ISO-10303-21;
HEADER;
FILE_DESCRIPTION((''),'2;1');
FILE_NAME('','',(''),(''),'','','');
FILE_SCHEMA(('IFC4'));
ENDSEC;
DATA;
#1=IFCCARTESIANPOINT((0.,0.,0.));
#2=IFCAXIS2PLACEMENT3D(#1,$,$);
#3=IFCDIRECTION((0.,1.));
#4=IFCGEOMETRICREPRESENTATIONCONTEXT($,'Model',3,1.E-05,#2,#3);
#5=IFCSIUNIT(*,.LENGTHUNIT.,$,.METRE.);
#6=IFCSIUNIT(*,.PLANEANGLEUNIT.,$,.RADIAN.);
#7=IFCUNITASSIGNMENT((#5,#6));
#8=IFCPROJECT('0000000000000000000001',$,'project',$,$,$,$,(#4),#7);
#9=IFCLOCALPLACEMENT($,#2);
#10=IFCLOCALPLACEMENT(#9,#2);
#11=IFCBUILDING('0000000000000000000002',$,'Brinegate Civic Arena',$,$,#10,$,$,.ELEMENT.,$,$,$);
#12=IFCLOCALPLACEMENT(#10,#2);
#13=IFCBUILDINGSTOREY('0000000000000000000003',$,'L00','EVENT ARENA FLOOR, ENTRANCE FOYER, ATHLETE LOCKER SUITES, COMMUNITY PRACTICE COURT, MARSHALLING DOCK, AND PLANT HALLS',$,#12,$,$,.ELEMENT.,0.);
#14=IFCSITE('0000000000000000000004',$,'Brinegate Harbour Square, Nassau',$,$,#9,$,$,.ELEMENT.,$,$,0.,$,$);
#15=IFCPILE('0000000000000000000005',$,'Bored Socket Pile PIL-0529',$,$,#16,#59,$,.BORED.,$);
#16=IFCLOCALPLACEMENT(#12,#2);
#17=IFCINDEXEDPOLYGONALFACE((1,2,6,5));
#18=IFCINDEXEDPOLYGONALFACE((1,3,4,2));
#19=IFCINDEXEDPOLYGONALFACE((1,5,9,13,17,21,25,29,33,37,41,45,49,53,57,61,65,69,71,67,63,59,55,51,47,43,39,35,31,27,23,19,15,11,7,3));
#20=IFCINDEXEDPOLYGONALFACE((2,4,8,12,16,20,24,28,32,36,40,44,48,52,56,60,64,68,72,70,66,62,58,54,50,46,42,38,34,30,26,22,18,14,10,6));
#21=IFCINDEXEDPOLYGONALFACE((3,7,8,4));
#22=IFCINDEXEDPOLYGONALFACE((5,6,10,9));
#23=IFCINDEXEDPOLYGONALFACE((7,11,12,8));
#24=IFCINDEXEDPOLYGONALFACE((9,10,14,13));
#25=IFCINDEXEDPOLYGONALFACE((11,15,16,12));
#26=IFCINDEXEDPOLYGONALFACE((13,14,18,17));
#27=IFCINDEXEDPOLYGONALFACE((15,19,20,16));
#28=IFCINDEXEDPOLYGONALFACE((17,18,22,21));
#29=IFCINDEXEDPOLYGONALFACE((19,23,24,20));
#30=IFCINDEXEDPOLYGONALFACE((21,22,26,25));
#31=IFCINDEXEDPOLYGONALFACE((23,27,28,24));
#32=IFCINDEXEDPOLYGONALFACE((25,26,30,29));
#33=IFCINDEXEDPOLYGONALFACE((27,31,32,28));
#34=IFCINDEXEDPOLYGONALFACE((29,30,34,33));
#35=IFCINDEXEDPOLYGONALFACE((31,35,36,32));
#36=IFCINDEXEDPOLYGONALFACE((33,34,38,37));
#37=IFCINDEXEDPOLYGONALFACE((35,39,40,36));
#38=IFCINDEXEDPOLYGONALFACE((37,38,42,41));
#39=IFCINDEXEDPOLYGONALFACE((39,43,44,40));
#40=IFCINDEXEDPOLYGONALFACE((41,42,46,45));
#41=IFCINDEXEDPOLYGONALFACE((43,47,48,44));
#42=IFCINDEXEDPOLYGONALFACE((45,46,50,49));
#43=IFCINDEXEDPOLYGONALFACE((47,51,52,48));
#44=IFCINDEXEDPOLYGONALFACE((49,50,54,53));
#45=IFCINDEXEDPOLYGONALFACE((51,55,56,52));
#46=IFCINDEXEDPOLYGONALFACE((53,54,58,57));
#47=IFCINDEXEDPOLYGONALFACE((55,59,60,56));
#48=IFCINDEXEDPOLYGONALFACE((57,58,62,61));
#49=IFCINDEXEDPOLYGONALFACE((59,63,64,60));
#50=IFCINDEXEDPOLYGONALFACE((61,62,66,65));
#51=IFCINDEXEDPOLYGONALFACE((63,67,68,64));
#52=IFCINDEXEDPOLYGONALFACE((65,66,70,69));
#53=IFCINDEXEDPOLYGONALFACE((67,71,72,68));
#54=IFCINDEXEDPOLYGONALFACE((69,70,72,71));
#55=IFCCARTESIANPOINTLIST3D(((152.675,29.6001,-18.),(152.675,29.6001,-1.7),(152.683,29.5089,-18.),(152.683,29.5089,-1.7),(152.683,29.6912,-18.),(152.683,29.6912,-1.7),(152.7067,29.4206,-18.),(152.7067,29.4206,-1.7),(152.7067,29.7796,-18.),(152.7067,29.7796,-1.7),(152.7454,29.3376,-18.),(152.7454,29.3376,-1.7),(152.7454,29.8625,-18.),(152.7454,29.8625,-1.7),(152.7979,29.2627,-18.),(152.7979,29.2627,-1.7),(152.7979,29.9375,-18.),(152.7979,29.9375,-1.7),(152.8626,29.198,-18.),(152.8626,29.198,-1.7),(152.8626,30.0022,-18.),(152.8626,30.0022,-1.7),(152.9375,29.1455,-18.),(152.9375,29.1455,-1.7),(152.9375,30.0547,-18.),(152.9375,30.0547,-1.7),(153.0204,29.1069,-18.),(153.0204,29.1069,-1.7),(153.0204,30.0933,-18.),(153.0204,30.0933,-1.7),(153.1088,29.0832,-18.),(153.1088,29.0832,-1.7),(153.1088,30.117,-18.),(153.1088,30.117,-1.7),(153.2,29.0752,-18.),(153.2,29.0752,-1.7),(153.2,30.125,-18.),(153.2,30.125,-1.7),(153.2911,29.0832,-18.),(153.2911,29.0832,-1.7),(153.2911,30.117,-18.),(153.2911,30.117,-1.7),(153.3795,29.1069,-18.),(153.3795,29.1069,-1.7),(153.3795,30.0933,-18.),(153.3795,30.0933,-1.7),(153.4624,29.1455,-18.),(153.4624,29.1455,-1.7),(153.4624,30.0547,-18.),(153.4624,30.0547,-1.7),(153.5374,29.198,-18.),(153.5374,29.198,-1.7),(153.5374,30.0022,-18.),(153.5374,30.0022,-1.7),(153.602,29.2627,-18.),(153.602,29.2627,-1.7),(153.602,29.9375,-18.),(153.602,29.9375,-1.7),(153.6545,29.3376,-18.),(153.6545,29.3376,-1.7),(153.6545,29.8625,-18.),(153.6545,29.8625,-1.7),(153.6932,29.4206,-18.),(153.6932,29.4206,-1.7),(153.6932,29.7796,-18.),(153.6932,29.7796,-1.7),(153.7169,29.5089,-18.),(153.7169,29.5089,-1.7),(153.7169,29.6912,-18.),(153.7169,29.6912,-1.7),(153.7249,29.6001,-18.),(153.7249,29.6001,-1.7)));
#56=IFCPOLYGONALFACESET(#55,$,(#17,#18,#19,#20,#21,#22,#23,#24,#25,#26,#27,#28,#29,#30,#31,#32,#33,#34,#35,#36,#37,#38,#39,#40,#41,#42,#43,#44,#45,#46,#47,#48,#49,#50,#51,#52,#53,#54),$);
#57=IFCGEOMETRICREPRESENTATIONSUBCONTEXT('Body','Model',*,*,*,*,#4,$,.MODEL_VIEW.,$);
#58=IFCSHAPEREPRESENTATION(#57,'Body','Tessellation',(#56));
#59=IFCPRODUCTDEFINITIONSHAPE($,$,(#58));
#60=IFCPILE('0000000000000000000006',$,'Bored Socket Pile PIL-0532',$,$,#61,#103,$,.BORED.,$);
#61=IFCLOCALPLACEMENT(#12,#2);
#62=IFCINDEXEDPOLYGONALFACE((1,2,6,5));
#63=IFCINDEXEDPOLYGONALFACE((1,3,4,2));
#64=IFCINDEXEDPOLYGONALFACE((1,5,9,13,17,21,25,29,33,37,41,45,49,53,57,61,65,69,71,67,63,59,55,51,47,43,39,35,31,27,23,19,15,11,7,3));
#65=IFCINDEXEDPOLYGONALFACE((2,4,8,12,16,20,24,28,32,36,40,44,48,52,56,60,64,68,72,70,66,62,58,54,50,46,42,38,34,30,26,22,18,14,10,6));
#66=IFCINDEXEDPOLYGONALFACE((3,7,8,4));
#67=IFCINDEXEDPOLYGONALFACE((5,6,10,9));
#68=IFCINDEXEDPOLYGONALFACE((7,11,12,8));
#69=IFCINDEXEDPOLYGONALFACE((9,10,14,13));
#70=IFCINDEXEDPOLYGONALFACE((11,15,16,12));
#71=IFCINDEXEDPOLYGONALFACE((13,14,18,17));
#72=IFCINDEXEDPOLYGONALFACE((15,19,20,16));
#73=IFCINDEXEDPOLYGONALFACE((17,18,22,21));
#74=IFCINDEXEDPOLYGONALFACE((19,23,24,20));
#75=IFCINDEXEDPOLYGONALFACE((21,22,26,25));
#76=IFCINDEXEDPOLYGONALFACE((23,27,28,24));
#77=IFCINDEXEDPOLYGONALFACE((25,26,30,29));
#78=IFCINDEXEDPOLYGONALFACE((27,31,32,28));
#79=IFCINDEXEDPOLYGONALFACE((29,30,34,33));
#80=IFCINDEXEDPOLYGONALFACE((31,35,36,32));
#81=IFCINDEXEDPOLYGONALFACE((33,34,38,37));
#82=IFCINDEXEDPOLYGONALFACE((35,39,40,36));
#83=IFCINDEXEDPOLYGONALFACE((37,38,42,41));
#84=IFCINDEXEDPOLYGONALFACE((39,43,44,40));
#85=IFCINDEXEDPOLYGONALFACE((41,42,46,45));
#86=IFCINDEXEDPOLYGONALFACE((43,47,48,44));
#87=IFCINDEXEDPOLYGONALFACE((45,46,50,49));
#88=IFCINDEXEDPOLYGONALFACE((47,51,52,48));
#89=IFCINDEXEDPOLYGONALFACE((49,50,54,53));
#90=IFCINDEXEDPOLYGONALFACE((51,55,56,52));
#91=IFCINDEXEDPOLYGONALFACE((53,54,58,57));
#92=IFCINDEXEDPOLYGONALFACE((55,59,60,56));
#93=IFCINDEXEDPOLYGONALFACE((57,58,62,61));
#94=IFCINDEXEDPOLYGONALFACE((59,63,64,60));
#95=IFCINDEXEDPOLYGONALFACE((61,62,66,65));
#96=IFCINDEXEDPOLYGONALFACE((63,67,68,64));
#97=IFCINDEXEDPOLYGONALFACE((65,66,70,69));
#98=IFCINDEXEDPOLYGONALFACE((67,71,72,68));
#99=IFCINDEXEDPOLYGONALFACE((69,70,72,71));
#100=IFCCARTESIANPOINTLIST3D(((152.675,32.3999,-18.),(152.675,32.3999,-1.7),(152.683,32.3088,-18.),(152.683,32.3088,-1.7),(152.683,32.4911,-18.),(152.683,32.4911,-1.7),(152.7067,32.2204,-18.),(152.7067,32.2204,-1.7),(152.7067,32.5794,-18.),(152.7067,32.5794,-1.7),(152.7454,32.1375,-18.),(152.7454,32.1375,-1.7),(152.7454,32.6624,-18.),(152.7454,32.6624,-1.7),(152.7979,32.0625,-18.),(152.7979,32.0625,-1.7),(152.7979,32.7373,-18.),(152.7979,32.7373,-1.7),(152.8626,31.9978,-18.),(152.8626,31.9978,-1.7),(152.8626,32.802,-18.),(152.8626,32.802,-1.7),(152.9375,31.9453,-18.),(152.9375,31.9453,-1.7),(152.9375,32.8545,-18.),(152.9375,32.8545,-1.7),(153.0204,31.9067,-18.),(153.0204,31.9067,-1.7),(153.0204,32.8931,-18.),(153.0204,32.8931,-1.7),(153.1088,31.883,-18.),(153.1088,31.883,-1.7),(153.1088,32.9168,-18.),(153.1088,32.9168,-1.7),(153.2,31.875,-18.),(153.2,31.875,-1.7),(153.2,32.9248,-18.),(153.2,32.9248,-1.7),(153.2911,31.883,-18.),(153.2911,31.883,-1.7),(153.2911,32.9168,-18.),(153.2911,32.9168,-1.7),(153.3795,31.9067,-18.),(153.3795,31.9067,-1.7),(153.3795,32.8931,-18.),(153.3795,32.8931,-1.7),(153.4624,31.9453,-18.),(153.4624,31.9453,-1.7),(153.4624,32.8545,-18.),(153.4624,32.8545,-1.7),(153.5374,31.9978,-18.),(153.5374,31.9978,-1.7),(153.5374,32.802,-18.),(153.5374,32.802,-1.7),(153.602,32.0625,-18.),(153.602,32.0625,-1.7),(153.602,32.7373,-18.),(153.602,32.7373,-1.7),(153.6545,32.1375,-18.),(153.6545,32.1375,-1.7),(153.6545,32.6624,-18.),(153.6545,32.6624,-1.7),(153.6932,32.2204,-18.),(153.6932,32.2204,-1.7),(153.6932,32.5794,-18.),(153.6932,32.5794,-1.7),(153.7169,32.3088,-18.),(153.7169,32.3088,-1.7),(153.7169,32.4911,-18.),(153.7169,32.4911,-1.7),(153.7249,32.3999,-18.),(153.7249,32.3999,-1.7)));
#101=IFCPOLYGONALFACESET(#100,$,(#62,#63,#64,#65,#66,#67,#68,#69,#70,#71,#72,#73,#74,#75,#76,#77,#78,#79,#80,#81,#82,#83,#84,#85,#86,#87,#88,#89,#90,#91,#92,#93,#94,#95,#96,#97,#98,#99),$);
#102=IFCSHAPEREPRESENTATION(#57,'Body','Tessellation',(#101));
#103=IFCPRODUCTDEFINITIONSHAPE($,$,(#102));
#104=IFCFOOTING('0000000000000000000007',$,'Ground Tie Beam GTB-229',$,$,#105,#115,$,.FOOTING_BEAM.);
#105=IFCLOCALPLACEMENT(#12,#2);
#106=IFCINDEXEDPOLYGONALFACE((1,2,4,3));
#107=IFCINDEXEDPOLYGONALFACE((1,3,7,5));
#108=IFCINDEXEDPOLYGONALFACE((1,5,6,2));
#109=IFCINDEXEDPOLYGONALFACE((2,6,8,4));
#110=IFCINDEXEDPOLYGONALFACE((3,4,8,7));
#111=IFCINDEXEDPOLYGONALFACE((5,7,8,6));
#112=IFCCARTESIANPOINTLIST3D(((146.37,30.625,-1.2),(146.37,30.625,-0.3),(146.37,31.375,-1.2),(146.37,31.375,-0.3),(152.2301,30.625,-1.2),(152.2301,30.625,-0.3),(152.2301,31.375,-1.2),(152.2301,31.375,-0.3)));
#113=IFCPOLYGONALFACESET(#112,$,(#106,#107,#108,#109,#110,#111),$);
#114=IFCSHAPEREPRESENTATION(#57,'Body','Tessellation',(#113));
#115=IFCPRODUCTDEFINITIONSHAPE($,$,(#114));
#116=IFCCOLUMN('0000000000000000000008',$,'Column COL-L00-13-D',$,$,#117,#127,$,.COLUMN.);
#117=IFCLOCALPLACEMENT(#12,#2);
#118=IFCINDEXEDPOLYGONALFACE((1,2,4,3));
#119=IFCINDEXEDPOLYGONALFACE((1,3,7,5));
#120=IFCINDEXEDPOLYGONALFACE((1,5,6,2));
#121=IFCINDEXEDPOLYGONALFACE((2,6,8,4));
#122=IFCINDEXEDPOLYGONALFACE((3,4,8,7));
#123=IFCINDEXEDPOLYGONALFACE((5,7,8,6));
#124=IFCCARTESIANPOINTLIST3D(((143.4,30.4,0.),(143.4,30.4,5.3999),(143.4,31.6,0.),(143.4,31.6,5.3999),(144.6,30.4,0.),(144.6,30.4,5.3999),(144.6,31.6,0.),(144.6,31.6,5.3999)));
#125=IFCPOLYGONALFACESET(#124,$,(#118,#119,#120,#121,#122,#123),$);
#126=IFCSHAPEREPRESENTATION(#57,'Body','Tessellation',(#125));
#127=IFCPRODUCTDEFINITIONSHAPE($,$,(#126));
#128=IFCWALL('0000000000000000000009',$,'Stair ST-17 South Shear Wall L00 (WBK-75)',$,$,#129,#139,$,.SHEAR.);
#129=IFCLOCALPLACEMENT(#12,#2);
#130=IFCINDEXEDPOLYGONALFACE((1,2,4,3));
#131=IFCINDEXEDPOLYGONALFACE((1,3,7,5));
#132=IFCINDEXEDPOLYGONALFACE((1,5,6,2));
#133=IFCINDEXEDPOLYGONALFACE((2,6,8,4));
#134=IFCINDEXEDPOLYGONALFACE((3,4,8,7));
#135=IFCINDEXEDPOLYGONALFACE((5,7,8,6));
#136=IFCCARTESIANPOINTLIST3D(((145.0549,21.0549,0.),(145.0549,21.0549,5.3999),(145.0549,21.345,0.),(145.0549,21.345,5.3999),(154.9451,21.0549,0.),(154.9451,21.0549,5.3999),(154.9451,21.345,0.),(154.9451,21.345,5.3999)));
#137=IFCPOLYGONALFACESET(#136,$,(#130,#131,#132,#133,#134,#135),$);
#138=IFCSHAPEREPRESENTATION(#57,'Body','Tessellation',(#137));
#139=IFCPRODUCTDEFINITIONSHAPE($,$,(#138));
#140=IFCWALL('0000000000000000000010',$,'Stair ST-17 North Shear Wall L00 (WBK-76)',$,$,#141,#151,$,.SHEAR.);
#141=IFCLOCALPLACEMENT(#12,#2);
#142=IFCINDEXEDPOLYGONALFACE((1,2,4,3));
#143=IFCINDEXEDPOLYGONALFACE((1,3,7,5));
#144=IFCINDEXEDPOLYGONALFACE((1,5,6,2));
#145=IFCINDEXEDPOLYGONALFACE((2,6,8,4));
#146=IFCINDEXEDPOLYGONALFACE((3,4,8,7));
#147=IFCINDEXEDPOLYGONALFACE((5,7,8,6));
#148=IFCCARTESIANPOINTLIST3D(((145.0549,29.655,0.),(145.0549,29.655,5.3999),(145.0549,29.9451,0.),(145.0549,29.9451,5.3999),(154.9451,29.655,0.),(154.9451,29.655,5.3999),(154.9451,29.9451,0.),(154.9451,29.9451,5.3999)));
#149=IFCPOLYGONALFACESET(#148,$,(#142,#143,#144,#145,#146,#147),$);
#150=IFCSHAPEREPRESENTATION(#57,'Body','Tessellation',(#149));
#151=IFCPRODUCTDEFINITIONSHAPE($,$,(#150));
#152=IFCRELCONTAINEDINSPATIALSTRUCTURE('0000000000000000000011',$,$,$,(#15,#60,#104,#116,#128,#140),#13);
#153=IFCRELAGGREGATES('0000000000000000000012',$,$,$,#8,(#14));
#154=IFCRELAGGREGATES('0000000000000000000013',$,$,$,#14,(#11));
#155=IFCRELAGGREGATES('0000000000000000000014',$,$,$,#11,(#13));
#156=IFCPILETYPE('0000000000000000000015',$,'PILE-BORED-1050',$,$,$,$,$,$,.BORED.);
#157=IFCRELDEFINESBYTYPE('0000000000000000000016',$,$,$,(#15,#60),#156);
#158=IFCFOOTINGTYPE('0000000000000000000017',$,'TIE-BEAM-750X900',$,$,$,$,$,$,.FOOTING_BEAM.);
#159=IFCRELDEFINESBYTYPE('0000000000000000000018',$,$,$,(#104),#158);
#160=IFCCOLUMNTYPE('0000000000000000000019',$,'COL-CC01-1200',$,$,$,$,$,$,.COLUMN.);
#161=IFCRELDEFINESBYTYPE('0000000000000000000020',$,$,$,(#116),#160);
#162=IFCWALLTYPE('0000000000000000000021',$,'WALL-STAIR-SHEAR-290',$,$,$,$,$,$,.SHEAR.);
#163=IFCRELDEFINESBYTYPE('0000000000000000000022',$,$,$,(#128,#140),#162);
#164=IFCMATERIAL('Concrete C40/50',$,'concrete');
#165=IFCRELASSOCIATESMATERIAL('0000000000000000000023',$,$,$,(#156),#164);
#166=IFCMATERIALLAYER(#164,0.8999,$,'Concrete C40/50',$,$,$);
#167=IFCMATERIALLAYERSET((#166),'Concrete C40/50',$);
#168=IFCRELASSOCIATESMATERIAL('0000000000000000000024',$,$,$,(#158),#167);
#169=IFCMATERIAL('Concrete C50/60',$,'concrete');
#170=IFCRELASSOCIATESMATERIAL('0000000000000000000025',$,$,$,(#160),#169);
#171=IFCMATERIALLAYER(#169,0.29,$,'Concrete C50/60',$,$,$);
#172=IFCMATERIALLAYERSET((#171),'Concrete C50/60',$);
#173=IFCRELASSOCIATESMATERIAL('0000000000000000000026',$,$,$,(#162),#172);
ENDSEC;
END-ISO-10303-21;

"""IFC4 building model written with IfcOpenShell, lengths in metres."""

from ifc_helpers import new_model, si_unit, direction, frame, frame_2d, origin, origin_2d, place, context, subcontext, project, spatial, rectangle, circle, extrude, material, layer, layer_set, material_profile, profile_set, type_object, element, save


model = new_model("IFC4")

# Units and contexts
model_context = context("Model", 3, precision=1e-05, world=origin(), true_north=direction((0.0, 1.0)))
body_context = subcontext(model_context, "Body", "Model", "MODEL_VIEW")
ifc_project = project(units=[si_unit("LENGTHUNIT", "METRE"), si_unit("PLANEANGLEUNIT", "RADIAN")], contexts=[model_context])

# Site, building, storey
site_placement = place(None, origin())
site = spatial("IfcSite", under=ifc_project, at=site_placement, Name="Brinegate Harbour Square, Nassau", CompositionType="ELEMENT", RefElevation=0.0)
building_placement = place(site_placement, origin())
building = spatial("IfcBuilding", under=site, at=building_placement, Name="Brinegate Civic Arena", CompositionType="ELEMENT")
storey_placement = place(building_placement, origin())
storey = spatial("IfcBuildingStorey", under=building, at=storey_placement, Name="L00", Description="EVENT ARENA FLOOR, ENTRANCE FOYER, ATHLETE LOCKER SUITES, COMMUNITY PRACTICE COURT, MARSHALLING DOCK, AND PLANT HALLS", CompositionType="ELEMENT", Elevation=0.0)

# Shared definitions
ifc_material_1 = material(Name="Concrete C40/50", Category="concrete")

# Piles
ifc_material_profile_1 = material_profile(ifc_material_1, circle(Radius=0.5249, at=origin_2d()), Name="PILED1050")
ifc_profile_set_1 = profile_set([ifc_material_profile_1], Name="Concrete C40/50")
pile_type = type_object("IfcPileType", Name="PILE-BORED-1050", PredefinedType="BORED", material=ifc_profile_set_1)
for number, where, z_axis, x_axis, name in (
    (1, (153.2, 29.6001, -1.7), (0.0, 0.0, -1.0), (1.0, 0.0, 0.0), "Bored Socket Pile PIL-0529"),
    (2, (153.2, 32.3999, -1.7), (0.0, 0.0, -1.0), (1.0, 0.0, 0.0), "Bored Socket Pile PIL-0532"),
):
    element("IfcPile", number, at=place(storey_placement, frame(where, z_axis=z_axis, x_axis=x_axis)), inside=storey, type_object=pile_type, Name=name, PredefinedType="BORED", context=body_context, shape_type="SweptSolid", body=[
        extrude(circle(Radius=0.5249, at=origin_2d()), origin(), (0.0, 0.0, 1.0), 16.3),
    ])

# Footing
ifc_layer_1 = layer(ifc_material_1, 0.8999, Name="Concrete C40/50")
ifc_layer_set_1 = layer_set([ifc_layer_1], Name="Concrete C40/50")
footing_type_1 = type_object("IfcFootingType", Name="TIE-BEAM-750X900", PredefinedType="FOOTING_BEAM", material=ifc_layer_set_1)
footing_1_placement = place(storey_placement, frame((149.3, 31.0, -1.2), z_axis=(0.0, 0.0, 1.0), x_axis=(1.0, 0.0, 0.0)))
element("IfcFooting", 3, at=footing_1_placement, inside=storey, type_object=footing_type_1, Name="Ground Tie Beam GTB-229", PredefinedType="FOOTING_BEAM", context=body_context, shape_type="SweptSolid", body=[
    extrude(rectangle(XDim=5.8601, YDim=0.75, at=origin_2d()), origin(), (0.0, 0.0, 1.0), 0.8999),
])

# Column
ifc_material_2 = material(Name="Concrete C50/60", Category="concrete")
ifc_material_profile_2 = material_profile(ifc_material_2, rectangle(XDim=1.2, YDim=1.2, at=origin_2d()), Name="RC1200X1200")
ifc_profile_set_2 = profile_set([ifc_material_profile_2], Name="Concrete C50/60")
column_type = type_object("IfcColumnType", Name="COL-CC01-1200", PredefinedType="COLUMN", material=ifc_profile_set_2)
column_placement = place(storey_placement, frame((144.0, 31.0, 0.0), z_axis=(0.0, 0.0, 1.0), x_axis=(1.0, 0.0, 0.0)))
element("IfcColumn", 4, at=column_placement, inside=storey, type_object=column_type, Name="Column COL-L00-13-D", PredefinedType="COLUMN", context=body_context, shape_type="SweptSolid", body=[
    extrude(rectangle(XDim=1.2, YDim=1.2, at=origin_2d()), origin(), (0.0, 0.0, 1.0), 5.3999),
])

# Walls
ifc_layer_2 = layer(ifc_material_2, 0.29, Name="Concrete C50/60")
ifc_layer_set_2 = layer_set([ifc_layer_2], Name="Concrete C50/60")
wall_type = type_object("IfcWallType", Name="WALL-STAIR-SHEAR-290", PredefinedType="SHEAR", material=ifc_layer_set_2)
for number, where, z_axis, x_axis, name in (
    (5, (145.0549, 21.2, 0.0), (0.0, 0.0, 1.0), (1.0, 0.0, 0.0), "Stair ST-17 South Shear Wall L00 (WBK-75)"),
    (6, (145.0549, 29.8, 0.0), (0.0, 0.0, 1.0), (1.0, 0.0, 0.0), "Stair ST-17 North Shear Wall L00 (WBK-76)"),
):
    element("IfcWall", number, at=place(storey_placement, frame(where, z_axis=z_axis, x_axis=x_axis)), inside=storey, type_object=wall_type, Name=name, PredefinedType="SHEAR", context=body_context, shape_type="SweptSolid", body=[
        extrude(rectangle(XDim=9.8901, YDim=0.29, at=frame_2d((4.9451, 0.0))), origin(), (0.0, 0.0, 1.0), 5.3999),
    ])

save(model, "model.ifc")
